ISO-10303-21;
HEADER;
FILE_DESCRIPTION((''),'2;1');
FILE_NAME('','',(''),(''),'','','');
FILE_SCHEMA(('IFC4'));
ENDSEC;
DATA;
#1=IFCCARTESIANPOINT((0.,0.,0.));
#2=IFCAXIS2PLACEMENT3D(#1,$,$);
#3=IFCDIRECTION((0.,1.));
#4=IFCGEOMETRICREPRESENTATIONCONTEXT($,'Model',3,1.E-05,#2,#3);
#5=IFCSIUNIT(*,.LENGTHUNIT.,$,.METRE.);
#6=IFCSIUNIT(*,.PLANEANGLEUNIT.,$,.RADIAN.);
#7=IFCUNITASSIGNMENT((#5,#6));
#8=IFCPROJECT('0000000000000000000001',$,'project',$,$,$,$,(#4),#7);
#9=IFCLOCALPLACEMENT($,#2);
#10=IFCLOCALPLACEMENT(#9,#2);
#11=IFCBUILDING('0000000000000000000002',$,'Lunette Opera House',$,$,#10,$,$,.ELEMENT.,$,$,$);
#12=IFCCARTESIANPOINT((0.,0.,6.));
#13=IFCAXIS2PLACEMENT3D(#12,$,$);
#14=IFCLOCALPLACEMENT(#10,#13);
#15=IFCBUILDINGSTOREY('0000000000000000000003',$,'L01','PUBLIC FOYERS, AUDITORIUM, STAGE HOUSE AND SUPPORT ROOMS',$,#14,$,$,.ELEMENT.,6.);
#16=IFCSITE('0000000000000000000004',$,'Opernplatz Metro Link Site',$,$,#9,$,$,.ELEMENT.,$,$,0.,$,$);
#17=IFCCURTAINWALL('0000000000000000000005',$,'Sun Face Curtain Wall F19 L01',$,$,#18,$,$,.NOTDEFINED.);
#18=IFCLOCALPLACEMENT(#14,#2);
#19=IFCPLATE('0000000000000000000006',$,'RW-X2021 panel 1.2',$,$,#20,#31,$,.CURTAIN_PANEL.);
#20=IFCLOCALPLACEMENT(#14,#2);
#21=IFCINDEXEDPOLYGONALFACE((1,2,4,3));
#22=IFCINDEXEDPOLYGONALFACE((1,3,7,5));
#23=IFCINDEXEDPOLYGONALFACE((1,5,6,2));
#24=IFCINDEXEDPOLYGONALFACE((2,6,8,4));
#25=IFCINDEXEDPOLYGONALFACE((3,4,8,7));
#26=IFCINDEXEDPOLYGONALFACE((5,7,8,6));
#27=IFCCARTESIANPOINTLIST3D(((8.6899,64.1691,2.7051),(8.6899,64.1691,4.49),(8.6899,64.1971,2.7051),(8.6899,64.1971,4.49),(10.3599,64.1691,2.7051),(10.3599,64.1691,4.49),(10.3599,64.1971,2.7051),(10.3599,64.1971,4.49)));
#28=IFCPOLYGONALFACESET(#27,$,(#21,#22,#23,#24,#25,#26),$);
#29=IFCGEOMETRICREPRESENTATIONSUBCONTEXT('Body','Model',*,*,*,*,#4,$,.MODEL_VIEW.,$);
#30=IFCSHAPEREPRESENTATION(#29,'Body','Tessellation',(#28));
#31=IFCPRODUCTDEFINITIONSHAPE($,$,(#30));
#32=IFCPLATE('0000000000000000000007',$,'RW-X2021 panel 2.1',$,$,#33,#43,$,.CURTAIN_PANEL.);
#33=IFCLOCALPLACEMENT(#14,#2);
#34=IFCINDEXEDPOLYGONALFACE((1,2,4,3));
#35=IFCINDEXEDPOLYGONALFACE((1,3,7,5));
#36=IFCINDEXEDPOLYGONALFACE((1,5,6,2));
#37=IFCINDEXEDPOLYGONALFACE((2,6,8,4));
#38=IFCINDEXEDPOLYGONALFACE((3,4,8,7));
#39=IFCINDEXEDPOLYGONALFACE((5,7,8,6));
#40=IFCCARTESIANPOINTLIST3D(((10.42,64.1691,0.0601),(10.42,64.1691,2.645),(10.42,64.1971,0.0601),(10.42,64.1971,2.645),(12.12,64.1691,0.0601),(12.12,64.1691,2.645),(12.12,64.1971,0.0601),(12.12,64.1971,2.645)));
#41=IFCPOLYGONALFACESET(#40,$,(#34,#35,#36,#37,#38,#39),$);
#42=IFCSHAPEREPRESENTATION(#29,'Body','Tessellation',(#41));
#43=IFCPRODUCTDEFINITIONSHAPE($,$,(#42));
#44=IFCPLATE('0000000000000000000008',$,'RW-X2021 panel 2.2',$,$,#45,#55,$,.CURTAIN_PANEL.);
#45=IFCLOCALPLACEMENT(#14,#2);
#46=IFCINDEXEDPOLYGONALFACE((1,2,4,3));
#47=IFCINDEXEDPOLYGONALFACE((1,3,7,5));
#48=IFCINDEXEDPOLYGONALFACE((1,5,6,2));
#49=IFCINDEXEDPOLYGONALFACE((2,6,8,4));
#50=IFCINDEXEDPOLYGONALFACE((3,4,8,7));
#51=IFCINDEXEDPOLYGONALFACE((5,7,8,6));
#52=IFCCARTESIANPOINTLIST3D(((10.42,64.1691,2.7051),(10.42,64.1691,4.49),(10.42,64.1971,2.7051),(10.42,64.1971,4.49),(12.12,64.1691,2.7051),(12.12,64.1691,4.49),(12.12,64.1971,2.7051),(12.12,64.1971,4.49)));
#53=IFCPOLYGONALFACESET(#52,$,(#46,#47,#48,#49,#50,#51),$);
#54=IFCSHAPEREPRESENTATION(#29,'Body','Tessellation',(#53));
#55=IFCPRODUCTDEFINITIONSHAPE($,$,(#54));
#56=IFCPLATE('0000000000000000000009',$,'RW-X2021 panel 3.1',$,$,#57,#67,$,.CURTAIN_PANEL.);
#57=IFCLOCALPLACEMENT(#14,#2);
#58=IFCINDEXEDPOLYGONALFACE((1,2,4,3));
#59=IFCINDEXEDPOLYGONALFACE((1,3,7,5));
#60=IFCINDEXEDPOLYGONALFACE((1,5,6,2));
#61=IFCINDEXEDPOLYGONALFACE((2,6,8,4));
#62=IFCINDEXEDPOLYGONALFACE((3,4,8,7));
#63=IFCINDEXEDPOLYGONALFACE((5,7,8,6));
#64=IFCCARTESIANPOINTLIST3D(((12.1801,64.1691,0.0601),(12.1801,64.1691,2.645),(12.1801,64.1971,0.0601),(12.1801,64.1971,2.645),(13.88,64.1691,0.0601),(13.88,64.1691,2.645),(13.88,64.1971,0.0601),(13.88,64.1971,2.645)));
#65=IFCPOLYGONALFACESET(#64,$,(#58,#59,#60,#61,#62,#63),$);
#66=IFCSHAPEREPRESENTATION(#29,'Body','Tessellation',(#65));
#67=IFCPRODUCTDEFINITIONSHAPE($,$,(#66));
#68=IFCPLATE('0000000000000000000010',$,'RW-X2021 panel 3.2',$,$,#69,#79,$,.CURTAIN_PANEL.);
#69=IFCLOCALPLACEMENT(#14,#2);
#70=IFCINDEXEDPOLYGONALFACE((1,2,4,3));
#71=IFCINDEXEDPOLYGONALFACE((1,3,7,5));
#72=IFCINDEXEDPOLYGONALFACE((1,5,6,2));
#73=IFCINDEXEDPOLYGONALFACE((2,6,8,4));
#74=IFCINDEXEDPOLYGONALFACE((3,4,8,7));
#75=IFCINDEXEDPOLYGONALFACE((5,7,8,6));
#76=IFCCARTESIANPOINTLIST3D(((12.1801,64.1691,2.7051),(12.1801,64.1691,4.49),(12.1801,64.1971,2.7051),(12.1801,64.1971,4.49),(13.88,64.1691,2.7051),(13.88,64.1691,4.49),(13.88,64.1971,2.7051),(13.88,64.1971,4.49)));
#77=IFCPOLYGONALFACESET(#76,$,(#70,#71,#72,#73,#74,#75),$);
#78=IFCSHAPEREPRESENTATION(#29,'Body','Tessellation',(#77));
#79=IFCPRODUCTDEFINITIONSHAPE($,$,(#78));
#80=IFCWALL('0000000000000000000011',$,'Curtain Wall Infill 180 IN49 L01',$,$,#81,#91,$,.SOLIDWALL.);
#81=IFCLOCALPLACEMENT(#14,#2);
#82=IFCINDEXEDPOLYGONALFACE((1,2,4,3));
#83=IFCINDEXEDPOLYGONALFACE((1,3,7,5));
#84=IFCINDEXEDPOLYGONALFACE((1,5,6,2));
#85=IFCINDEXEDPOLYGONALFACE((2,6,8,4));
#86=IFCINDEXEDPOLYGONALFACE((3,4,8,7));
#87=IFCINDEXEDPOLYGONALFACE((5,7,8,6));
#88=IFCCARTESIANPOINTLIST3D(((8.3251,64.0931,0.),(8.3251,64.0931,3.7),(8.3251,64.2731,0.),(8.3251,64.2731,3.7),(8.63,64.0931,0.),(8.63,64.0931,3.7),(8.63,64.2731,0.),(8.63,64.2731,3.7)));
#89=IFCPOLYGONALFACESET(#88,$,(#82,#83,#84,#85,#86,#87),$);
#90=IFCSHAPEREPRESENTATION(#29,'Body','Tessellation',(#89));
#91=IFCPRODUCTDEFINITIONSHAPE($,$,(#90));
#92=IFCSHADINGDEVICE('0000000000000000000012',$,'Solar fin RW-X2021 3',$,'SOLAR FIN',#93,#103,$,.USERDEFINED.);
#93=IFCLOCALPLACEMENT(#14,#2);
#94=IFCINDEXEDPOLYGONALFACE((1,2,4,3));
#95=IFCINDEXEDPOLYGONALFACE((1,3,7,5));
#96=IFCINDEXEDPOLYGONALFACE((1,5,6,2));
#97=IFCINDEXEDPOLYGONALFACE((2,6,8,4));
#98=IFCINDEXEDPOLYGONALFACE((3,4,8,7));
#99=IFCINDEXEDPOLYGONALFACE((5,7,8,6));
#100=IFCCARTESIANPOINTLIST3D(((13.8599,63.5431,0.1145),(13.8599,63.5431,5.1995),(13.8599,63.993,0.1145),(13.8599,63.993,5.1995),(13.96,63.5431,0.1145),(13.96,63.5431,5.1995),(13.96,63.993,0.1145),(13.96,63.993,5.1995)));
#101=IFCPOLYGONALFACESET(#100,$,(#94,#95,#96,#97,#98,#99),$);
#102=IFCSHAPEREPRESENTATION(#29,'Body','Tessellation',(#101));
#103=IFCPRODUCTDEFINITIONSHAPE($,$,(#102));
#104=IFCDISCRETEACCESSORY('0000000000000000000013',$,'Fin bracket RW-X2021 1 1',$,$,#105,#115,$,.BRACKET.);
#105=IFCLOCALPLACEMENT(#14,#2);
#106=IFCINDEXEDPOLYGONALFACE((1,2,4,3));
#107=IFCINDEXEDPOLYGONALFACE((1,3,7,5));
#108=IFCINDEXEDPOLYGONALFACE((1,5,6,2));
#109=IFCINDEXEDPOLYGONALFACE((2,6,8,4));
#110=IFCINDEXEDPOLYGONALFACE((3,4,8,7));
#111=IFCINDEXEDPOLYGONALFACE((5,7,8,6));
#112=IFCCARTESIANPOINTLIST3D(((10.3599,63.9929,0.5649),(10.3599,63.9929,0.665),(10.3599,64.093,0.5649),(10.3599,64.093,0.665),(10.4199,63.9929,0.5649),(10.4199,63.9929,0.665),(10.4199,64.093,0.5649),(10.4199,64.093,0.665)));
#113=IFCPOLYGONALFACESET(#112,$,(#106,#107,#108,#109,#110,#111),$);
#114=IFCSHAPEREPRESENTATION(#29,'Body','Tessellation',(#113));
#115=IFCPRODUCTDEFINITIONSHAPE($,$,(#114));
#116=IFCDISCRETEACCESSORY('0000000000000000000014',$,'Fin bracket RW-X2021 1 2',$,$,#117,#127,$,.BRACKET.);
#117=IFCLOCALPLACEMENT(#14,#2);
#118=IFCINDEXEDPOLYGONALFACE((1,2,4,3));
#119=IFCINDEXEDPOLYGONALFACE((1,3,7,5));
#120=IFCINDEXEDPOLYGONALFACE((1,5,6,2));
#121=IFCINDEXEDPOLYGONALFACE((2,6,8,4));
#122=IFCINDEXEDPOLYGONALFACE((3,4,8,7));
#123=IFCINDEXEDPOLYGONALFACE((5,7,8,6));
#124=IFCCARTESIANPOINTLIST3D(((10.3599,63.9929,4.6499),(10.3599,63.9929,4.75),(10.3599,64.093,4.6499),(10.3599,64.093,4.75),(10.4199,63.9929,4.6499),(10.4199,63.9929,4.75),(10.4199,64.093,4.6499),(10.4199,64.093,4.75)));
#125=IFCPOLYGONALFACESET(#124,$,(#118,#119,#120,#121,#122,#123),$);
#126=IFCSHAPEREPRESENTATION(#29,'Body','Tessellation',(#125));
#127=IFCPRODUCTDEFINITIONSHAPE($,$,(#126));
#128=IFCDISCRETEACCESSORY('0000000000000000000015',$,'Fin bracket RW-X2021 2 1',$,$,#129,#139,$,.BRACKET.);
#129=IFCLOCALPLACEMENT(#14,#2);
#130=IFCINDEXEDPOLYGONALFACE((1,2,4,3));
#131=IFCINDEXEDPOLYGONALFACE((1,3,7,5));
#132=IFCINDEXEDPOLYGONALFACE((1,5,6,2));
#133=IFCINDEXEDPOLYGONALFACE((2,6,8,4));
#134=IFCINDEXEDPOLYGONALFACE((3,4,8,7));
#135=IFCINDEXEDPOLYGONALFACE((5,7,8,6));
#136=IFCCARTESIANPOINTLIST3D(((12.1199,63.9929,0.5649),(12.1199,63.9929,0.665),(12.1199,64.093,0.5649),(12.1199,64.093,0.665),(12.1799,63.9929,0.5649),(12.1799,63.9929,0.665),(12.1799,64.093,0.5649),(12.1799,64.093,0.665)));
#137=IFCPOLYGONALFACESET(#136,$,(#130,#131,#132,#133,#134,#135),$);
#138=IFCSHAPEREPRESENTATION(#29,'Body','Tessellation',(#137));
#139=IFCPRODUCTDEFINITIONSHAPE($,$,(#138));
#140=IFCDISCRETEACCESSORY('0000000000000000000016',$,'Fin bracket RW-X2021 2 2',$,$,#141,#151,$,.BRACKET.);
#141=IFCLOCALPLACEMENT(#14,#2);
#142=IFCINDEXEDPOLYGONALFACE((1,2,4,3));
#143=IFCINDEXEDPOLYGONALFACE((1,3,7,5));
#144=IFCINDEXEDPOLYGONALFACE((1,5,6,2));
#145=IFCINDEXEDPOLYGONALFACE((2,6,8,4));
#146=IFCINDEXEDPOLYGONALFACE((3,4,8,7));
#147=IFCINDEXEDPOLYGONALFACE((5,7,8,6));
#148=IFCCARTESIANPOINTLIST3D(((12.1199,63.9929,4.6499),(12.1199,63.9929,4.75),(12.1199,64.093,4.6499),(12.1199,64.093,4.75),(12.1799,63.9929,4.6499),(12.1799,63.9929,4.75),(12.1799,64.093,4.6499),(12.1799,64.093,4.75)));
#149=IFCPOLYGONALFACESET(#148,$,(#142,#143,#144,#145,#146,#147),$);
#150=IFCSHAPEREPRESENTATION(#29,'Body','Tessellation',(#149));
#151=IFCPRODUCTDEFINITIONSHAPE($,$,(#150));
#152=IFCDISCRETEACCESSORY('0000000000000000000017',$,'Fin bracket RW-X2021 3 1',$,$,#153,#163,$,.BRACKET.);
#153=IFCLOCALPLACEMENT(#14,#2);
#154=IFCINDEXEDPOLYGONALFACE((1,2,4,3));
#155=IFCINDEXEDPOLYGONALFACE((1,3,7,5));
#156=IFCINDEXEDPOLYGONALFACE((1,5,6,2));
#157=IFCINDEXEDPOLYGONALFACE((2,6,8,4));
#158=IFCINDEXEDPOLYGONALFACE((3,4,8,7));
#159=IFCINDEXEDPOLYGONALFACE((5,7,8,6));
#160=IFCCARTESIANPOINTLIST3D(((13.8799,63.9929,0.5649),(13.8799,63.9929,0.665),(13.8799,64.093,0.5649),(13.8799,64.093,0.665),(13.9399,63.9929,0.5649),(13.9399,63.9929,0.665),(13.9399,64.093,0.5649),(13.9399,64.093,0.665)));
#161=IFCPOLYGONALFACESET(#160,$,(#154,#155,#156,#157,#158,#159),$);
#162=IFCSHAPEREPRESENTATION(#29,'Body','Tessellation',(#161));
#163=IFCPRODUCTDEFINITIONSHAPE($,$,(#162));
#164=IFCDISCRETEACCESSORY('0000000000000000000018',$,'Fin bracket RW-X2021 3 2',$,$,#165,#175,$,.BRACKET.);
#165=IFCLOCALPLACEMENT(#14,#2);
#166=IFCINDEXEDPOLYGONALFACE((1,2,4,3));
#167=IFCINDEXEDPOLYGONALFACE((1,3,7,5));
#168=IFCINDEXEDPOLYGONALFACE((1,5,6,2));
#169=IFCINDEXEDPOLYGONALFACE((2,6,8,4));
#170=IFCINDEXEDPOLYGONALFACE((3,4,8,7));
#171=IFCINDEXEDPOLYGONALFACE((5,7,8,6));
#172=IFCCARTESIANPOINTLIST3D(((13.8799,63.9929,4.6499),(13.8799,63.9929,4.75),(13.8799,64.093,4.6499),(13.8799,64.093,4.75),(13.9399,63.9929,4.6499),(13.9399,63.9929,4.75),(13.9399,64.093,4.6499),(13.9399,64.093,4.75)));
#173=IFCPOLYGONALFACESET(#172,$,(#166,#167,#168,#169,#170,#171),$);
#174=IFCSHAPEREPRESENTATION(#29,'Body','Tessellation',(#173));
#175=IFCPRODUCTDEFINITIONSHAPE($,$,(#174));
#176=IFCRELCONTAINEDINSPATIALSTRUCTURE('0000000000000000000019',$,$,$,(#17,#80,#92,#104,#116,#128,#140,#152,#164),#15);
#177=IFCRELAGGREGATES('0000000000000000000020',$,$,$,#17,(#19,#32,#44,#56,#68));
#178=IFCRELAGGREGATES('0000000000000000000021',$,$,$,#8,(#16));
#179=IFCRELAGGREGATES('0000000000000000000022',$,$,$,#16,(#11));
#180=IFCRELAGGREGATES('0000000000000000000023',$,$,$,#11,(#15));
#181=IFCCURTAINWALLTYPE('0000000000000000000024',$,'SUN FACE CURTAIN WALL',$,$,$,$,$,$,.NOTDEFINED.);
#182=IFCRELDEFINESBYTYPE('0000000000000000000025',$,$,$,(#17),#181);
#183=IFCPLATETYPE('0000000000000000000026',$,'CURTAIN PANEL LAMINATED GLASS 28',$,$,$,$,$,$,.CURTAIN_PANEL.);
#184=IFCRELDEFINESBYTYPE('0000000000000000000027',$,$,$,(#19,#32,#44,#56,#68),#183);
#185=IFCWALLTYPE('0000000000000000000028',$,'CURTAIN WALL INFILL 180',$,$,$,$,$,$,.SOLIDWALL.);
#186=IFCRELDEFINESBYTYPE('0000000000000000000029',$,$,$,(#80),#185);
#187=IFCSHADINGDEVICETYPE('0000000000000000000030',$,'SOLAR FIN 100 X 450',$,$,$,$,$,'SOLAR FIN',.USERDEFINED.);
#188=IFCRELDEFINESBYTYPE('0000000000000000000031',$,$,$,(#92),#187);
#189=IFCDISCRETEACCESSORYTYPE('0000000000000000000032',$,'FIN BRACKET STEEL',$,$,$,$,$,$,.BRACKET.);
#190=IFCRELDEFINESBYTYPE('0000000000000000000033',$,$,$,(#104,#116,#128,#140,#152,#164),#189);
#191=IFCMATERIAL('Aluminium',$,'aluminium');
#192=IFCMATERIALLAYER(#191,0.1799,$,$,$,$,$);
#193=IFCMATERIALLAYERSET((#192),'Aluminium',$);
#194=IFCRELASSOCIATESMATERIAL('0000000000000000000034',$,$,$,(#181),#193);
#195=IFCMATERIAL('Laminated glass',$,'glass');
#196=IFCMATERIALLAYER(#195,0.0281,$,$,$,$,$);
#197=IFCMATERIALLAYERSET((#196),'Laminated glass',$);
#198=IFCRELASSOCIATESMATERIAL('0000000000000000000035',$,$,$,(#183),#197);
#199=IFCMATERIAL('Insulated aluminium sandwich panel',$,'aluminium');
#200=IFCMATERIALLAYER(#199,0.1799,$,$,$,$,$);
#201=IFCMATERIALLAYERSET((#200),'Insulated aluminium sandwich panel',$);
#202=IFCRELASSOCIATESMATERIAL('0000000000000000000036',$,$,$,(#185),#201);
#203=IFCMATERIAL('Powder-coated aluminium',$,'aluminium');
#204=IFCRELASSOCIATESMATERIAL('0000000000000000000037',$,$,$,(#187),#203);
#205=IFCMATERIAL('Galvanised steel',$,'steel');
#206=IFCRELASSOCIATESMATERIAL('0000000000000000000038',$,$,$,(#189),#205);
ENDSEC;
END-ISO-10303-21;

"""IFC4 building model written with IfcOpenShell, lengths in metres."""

from ifc_helpers import new_model, si_unit, direction, frame, frame_2d, origin, origin_2d, place, context, subcontext, project, spatial, rectangle, extrude, material, layer, layer_set, type_object, element, aggregate, save


model = new_model("IFC4")

# Units and contexts
model_context = context("Model", 3, precision=1e-05, world=origin(), true_north=direction((0.0, 1.0)))
body_context = subcontext(model_context, "Body", "Model", "MODEL_VIEW")
ifc_project = project(units=[si_unit("LENGTHUNIT", "METRE"), si_unit("PLANEANGLEUNIT", "RADIAN")], contexts=[model_context])

# Site, building, storey
site_placement = place(None, origin())
site = spatial("IfcSite", under=ifc_project, at=site_placement, Name="Opernplatz Metro Link Site", CompositionType="ELEMENT", RefElevation=0.0)
building_placement = place(site_placement, origin())
building = spatial("IfcBuilding", under=site, at=building_placement, Name="Lunette Opera House", CompositionType="ELEMENT")
storey_placement = place(building_placement, frame((0.0, 0.0, 6.0)))
storey = spatial("IfcBuildingStorey", under=building, at=storey_placement, Name="L01", Description="PUBLIC FOYERS, AUDITORIUM, STAGE HOUSE AND SUPPORT ROOMS", CompositionType="ELEMENT", Elevation=6.0)

# Curtain wall, plates
ifc_material_1 = material(Name="Aluminium", Category="aluminium")
ifc_layer_1 = layer(ifc_material_1, 0.1799)
ifc_layer_set_1 = layer_set([ifc_layer_1], Name="Aluminium")
curtain_wall_type = type_object("IfcCurtainWallType", Name="SUN FACE CURTAIN WALL", PredefinedType="NOTDEFINED", material=ifc_layer_set_1)
curtain_wall_placement = place(storey_placement, origin())
curtain_wall = element("IfcCurtainWall", 1, at=curtain_wall_placement, inside=storey, type_object=curtain_wall_type, Name="Sun Face Curtain Wall F19 L01", PredefinedType="NOTDEFINED")
ifc_material_2 = material(Name="Laminated glass", Category="glass")
ifc_layer_2 = layer(ifc_material_2, 0.0281)
ifc_layer_set_2 = layer_set([ifc_layer_2], Name="Laminated glass")
plate_type = type_object("IfcPlateType", Name="CURTAIN PANEL LAMINATED GLASS 28", PredefinedType="CURTAIN_PANEL", material=ifc_layer_set_2)
plate_1_placement = place(storey_placement, frame((9.5249, 64.1831, 2.7051), z_axis=(0.0, 0.0, 1.0), x_axis=(1.0, 0.0, 0.0)))
plate_1 = element("IfcPlate", 2, at=plate_1_placement, type_object=plate_type, Name="RW-X2021 panel 1.2", PredefinedType="CURTAIN_PANEL", context=body_context, shape_type="SweptSolid", body=[
    extrude(rectangle(XDim=1.6699, YDim=0.0281, at=origin_2d()), origin(), (0.0, 0.0, 1.0), 1.7849),
])
plate_2_placement = place(storey_placement, frame((11.27, 64.1831, 0.0601), z_axis=(0.0, 0.0, 1.0), x_axis=(1.0, 0.0, 0.0)))
plate_2 = element("IfcPlate", 3, at=plate_2_placement, type_object=plate_type, Name="RW-X2021 panel 2.1", PredefinedType="CURTAIN_PANEL", context=body_context, shape_type="SweptSolid", body=[
    extrude(rectangle(XDim=1.7, YDim=0.0281, at=origin_2d()), origin(), (0.0, 0.0, 1.0), 2.585),
])
plate_3_placement = place(storey_placement, frame((11.27, 64.1831, 2.7051), z_axis=(0.0, 0.0, 1.0), x_axis=(1.0, 0.0, 0.0)))
plate_3 = element("IfcPlate", 4, at=plate_3_placement, type_object=plate_type, Name="RW-X2021 panel 2.2", PredefinedType="CURTAIN_PANEL", context=body_context, shape_type="SweptSolid", body=[
    extrude(rectangle(XDim=1.7, YDim=0.0281, at=origin_2d()), origin(), (0.0, 0.0, 1.0), 1.7849),
])
plate_4_placement = place(storey_placement, frame((13.03, 64.1831, 0.0601), z_axis=(0.0, 0.0, 1.0), x_axis=(1.0, 0.0, 0.0)))
plate_4 = element("IfcPlate", 5, at=plate_4_placement, type_object=plate_type, Name="RW-X2021 panel 3.1", PredefinedType="CURTAIN_PANEL", context=body_context, shape_type="SweptSolid", body=[
    extrude(rectangle(XDim=1.7, YDim=0.0281, at=origin_2d()), origin(), (0.0, 0.0, 1.0), 2.585),
])
plate_5_placement = place(storey_placement, frame((13.03, 64.1831, 2.7051), z_axis=(0.0, 0.0, 1.0), x_axis=(1.0, 0.0, 0.0)))
plate_5 = element("IfcPlate", 6, at=plate_5_placement, type_object=plate_type, Name="RW-X2021 panel 3.2", PredefinedType="CURTAIN_PANEL", context=body_context, shape_type="SweptSolid", body=[
    extrude(rectangle(XDim=1.7, YDim=0.0281, at=origin_2d()), origin(), (0.0, 0.0, 1.0), 1.7849),
])
aggregate(curtain_wall, [plate_1, plate_2, plate_3, plate_4, plate_5])

# Wall
ifc_material_3 = material(Name="Insulated aluminium sandwich panel", Category="aluminium")
ifc_layer_3 = layer(ifc_material_3, 0.1799)
ifc_layer_set_3 = layer_set([ifc_layer_3], Name="Insulated aluminium sandwich panel")
wall_type = type_object("IfcWallType", Name="CURTAIN WALL INFILL 180", PredefinedType="SOLIDWALL", material=ifc_layer_set_3)
wall_placement = place(storey_placement, frame((8.6299, 64.1831, 0.0), z_axis=(0.0, 0.0, 1.0), x_axis=(-1.0, 0.0, 0.0)))
element("IfcWall", 7, at=wall_placement, inside=storey, type_object=wall_type, Name="Curtain Wall Infill 180 IN49 L01", PredefinedType="SOLIDWALL", context=body_context, shape_type="SweptSolid", body=[
    extrude(rectangle(XDim=0.3049, YDim=0.1799, at=frame_2d((0.1523, 0.0))), origin(), (0.0, 0.0, 1.0), 3.7),
])

# Shading device
ifc_material_4 = material(Name="Powder-coated aluminium", Category="aluminium")
shading_device_type = type_object("IfcShadingDeviceType", Name="SOLAR FIN 100 X 450", ElementType="SOLAR FIN", PredefinedType="USERDEFINED", material=ifc_material_4)
shading_device_placement = place(storey_placement, frame((13.9099, 63.7681, 0.1145), z_axis=(0.0, 0.0, 1.0), x_axis=(0.0, -1.0, 0.0)))
element("IfcShadingDevice", 8, at=shading_device_placement, inside=storey, type_object=shading_device_type, Name="Solar fin RW-X2021 3", ObjectType="SOLAR FIN", PredefinedType="USERDEFINED", context=body_context, shape_type="SweptSolid", body=[
    extrude(rectangle(XDim=0.45, YDim=0.1001, at=origin_2d()), origin(), (0.0, 0.0, 1.0), 5.085),
])

# Discrete accessories
ifc_material_5 = material(Name="Galvanised steel", Category="steel")
discrete_accessory_type = type_object("IfcDiscreteAccessoryType", Name="FIN BRACKET STEEL", PredefinedType="BRACKET", material=ifc_material_5)
for number, where, z_axis, x_axis, name in (
    (9, (10.3899, 64.043, 0.5649), (0.0, 0.0, 1.0), (0.0, -1.0, 0.0), "Fin bracket RW-X2021 1 1"),
    (10, (10.3899, 64.043, 4.6499), (0.0, 0.0, 1.0), (0.0, -1.0, 0.0), "Fin bracket RW-X2021 1 2"),
    (11, (12.1499, 64.043, 0.5649), (0.0, 0.0, 1.0), (0.0, -1.0, 0.0), "Fin bracket RW-X2021 2 1"),
    (12, (12.1499, 64.043, 4.6499), (0.0, 0.0, 1.0), (0.0, -1.0, 0.0), "Fin bracket RW-X2021 2 2"),
    (13, (13.9099, 64.043, 0.5649), (0.0, 0.0, 1.0), (0.0, -1.0, 0.0), "Fin bracket RW-X2021 3 1"),
    (14, (13.9099, 64.043, 4.6499), (0.0, 0.0, 1.0), (0.0, -1.0, 0.0), "Fin bracket RW-X2021 3 2"),
):
    element("IfcDiscreteAccessory", number, at=place(storey_placement, frame(where, z_axis=z_axis, x_axis=x_axis)), inside=storey, type_object=discrete_accessory_type, Name=name, PredefinedType="BRACKET", context=body_context, shape_type="SweptSolid", body=[
        extrude(rectangle(XDim=0.1001, YDim=0.0601, at=origin_2d()), origin(), (0.0, 0.0, 1.0), 0.1001),
    ])

save(model, "model.ifc")
